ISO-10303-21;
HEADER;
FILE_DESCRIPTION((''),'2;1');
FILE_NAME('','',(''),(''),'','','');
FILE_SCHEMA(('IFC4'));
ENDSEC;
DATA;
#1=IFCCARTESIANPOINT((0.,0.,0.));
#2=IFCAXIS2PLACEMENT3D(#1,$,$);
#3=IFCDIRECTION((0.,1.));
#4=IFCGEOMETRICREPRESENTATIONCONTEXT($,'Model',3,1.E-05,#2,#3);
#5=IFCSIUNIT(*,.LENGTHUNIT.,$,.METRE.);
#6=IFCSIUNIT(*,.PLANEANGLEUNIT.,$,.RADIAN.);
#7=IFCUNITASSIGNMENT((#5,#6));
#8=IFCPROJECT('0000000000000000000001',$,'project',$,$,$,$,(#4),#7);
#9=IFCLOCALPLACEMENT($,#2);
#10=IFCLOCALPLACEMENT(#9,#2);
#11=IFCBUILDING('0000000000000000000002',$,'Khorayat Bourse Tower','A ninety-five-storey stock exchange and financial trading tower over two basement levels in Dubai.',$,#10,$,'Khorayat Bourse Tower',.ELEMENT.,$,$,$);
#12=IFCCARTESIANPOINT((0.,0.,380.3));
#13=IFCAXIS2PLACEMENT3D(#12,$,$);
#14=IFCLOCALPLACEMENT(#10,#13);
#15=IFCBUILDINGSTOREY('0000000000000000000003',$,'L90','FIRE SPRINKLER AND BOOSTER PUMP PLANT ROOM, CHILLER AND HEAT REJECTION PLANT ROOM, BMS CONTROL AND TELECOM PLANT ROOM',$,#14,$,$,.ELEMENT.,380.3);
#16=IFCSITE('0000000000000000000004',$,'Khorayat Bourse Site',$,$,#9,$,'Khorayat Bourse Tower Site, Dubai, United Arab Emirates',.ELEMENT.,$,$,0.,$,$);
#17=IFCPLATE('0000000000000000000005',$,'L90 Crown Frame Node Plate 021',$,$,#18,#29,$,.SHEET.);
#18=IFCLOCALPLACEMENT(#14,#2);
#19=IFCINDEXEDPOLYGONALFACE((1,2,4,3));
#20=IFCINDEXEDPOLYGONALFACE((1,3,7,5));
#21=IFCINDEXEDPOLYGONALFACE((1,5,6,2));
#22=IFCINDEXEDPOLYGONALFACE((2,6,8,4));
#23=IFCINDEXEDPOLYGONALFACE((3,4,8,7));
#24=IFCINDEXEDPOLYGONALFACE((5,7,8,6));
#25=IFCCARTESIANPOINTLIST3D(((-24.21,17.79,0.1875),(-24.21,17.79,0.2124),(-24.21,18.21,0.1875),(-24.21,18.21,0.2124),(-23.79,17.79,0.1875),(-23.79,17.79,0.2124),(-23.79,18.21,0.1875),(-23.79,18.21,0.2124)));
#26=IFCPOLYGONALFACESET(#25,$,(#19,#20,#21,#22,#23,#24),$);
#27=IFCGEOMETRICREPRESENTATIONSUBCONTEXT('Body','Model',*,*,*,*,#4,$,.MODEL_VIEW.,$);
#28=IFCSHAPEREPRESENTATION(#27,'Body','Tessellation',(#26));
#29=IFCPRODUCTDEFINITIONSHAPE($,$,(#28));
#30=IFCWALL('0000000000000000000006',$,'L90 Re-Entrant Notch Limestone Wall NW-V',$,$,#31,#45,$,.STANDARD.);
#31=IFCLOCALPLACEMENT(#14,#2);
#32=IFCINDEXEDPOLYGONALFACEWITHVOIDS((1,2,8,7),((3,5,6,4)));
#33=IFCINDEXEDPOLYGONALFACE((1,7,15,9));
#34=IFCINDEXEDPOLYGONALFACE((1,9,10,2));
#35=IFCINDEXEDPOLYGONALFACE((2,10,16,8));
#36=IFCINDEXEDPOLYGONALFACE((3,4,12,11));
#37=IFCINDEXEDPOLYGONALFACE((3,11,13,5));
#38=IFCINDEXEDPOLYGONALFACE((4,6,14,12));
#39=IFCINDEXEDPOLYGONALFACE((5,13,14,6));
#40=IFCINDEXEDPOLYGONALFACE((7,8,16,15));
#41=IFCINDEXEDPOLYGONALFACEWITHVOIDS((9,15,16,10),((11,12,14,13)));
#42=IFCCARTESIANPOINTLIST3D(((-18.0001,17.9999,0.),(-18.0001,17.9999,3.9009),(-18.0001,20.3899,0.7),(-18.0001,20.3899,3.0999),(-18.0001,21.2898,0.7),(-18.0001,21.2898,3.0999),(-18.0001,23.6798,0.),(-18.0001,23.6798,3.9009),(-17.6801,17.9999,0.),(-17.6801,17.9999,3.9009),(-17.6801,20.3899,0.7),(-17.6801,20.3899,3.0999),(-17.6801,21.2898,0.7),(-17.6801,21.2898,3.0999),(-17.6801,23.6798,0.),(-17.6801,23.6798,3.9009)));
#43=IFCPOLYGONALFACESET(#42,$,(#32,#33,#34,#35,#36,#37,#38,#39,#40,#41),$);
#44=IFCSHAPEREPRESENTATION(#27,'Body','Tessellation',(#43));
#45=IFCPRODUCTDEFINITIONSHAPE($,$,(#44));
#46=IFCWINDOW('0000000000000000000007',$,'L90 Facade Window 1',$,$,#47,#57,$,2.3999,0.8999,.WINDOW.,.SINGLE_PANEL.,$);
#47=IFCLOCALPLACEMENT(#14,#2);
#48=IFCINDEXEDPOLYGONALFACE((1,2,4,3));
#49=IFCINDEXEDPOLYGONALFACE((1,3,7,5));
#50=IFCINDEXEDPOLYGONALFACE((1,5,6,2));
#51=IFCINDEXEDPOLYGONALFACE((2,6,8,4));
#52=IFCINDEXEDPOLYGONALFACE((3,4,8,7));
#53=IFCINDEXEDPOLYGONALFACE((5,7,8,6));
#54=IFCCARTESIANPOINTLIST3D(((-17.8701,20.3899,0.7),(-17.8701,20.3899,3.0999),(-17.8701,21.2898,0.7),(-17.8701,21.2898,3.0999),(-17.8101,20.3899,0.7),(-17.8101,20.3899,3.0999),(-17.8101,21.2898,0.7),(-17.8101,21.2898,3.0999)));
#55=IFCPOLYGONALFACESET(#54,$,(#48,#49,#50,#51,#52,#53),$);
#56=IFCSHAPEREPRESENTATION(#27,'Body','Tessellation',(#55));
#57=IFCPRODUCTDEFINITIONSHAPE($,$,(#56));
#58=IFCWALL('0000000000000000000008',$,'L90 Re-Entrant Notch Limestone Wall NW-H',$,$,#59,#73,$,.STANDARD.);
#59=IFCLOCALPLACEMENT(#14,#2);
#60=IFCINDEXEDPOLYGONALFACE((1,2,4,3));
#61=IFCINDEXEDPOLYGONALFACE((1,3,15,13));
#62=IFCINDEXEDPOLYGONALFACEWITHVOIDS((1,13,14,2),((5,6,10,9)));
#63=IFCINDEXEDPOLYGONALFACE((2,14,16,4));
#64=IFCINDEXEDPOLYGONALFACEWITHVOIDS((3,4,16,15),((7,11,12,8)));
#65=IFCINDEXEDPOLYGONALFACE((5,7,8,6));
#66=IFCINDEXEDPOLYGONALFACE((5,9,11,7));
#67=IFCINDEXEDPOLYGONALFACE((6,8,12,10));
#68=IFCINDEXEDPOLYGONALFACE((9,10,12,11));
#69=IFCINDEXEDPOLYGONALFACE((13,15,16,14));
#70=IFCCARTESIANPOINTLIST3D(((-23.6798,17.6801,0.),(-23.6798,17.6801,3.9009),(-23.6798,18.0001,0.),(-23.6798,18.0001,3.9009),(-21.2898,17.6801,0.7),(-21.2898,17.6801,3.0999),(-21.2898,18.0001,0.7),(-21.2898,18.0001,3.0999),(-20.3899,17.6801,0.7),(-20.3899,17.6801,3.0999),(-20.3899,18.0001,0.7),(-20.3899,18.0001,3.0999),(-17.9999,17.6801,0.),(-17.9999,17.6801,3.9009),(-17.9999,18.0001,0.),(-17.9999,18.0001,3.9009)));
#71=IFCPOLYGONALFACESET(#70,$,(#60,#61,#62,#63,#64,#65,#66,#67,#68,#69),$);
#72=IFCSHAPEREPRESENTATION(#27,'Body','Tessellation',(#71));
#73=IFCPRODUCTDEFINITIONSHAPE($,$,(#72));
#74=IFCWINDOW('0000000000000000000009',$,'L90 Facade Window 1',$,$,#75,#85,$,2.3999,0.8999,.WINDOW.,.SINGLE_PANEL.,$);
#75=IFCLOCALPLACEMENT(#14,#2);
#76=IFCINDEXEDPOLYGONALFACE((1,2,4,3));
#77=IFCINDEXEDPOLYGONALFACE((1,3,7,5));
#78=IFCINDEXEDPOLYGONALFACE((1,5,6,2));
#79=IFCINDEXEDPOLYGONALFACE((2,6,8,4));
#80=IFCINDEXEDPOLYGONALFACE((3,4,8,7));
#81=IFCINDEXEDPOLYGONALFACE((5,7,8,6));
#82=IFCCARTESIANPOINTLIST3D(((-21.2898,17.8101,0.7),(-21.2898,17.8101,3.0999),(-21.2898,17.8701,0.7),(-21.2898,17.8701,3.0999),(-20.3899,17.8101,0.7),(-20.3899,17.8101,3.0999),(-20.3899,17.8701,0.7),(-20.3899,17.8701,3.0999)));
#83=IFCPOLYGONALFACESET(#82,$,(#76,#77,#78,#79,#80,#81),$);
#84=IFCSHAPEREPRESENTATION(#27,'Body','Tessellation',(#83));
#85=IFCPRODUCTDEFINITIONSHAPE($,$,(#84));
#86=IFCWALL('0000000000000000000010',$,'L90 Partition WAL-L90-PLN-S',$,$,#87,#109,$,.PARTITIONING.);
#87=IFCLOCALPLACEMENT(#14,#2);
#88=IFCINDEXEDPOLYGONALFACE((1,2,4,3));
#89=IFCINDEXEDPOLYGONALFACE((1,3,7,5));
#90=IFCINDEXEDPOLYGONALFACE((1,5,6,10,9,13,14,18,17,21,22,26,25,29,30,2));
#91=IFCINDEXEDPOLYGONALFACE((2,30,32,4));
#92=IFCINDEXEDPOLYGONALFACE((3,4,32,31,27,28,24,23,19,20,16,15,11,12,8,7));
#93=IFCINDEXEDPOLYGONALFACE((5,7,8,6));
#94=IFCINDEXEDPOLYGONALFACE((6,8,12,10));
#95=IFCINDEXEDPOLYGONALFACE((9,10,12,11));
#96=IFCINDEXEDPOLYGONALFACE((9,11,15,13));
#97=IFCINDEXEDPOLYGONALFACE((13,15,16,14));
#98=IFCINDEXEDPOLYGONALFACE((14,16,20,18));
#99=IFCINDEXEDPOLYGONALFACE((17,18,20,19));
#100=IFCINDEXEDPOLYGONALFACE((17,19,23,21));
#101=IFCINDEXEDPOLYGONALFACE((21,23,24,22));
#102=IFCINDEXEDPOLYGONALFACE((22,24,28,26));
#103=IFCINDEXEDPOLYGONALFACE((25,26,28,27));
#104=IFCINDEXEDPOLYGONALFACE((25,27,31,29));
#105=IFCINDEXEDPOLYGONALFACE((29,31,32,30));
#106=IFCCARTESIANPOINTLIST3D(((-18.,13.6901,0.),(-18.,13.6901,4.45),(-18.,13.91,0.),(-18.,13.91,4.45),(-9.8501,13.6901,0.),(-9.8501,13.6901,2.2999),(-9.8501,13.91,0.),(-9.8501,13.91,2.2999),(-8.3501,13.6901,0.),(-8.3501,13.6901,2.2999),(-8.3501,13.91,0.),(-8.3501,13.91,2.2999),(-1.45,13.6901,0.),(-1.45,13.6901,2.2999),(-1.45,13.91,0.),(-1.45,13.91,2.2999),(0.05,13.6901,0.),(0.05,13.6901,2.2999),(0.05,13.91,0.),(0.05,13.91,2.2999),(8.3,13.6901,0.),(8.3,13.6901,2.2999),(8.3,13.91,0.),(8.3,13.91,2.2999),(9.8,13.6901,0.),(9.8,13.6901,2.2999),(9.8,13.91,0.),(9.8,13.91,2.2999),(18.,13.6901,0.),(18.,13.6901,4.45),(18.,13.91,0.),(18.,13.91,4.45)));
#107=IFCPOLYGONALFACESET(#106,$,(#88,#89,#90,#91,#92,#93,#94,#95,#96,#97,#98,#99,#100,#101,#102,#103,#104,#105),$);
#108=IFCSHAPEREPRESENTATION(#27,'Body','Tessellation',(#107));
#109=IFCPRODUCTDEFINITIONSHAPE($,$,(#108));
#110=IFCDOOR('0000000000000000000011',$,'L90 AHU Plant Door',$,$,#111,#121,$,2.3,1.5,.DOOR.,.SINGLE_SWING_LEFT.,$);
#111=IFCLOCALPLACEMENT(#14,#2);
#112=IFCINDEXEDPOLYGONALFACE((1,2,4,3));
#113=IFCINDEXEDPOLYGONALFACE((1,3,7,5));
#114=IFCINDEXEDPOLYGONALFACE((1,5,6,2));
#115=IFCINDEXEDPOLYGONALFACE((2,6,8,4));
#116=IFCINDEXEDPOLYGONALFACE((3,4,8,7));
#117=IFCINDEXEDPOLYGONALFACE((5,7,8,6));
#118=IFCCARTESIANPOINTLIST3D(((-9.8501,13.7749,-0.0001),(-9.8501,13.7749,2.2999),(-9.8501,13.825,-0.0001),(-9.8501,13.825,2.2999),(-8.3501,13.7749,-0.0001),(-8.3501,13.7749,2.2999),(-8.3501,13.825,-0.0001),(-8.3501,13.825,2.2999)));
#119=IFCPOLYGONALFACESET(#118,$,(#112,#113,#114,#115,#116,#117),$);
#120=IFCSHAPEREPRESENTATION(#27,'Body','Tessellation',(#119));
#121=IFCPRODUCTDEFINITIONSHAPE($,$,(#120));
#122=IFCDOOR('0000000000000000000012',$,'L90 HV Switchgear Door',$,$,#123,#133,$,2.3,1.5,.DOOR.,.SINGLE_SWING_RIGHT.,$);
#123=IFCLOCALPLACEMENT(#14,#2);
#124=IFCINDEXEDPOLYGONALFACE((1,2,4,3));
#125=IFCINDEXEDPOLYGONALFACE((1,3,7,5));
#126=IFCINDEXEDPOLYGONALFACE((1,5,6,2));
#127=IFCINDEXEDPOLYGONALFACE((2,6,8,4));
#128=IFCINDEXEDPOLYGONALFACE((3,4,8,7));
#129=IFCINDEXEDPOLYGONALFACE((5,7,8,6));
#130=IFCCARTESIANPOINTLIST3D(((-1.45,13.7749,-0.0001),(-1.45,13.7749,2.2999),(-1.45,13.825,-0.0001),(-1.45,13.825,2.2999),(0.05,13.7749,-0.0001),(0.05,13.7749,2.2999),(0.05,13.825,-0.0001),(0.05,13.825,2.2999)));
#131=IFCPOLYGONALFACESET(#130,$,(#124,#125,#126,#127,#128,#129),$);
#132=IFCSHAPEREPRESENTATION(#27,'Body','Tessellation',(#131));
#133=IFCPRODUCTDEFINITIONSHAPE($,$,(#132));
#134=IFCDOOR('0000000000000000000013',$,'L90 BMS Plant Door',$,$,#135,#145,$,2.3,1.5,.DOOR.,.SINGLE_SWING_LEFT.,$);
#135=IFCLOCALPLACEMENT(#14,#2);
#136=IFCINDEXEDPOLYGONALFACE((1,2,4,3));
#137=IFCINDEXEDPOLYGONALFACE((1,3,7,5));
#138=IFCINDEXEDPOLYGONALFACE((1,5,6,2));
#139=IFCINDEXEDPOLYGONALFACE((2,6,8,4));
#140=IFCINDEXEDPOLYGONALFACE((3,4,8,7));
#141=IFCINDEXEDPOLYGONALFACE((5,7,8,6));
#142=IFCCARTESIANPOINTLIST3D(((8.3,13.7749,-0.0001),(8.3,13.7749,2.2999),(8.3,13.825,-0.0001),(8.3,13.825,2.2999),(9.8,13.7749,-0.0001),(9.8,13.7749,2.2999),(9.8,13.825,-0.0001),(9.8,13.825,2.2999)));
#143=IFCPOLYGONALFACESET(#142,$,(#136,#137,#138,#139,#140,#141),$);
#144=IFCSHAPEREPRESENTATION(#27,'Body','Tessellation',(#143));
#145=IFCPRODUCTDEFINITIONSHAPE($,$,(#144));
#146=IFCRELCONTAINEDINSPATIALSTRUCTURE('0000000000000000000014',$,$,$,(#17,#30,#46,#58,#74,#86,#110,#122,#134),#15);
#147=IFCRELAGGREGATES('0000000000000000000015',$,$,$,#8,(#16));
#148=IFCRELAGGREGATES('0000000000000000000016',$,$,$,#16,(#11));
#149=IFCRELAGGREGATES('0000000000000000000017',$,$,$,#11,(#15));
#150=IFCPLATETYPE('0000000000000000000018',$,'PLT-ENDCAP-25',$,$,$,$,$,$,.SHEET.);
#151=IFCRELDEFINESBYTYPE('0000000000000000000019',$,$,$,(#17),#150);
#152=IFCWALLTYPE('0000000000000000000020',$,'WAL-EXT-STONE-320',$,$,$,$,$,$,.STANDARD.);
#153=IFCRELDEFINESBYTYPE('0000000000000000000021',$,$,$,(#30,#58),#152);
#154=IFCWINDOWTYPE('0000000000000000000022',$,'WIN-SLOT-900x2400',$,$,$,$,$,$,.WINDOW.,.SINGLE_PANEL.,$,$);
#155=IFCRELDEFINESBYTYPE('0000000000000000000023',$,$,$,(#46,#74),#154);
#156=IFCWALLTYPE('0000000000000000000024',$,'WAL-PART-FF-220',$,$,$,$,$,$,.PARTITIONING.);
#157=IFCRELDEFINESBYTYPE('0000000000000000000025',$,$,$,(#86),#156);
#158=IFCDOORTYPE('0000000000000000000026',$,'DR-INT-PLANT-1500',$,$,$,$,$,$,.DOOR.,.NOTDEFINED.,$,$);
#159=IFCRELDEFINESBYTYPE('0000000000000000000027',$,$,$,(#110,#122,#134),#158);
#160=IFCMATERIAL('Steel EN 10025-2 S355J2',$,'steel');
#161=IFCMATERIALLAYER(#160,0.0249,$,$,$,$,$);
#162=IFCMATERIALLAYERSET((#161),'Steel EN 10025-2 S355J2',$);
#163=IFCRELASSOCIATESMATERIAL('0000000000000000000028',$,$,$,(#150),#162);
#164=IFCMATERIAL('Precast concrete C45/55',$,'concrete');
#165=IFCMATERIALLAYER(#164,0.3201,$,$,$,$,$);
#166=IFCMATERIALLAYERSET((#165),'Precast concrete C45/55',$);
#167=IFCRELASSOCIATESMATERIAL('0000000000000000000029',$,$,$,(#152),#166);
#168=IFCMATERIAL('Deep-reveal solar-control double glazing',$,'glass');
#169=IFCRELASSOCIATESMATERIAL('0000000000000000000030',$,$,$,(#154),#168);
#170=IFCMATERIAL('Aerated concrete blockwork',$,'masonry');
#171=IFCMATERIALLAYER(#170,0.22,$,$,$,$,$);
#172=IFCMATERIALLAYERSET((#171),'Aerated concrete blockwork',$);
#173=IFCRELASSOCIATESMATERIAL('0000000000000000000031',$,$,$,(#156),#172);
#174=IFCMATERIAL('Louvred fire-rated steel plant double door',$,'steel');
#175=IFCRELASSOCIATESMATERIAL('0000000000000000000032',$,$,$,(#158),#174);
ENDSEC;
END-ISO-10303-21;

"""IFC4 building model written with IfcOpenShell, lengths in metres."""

from ifc_helpers import new_model, si_unit, direction, frame, frame_2d, origin, origin_2d, place, context, subcontext, project, spatial, rectangle, extrude, source, transform, mapped, material, layer, layer_set, type_object, element, fill, save


model = new_model("IFC4")

# Units and contexts
model_context = context("Model", 3, precision=1e-05, world=origin(), true_north=direction((0.0, 1.0)))
body_context = subcontext(model_context, "Body", "Model", "MODEL_VIEW")
ifc_project = project(units=[si_unit("LENGTHUNIT", "METRE"), si_unit("PLANEANGLEUNIT", "RADIAN")], contexts=[model_context])

# Site, building, storey
site_placement = place(None, origin())
site = spatial("IfcSite", under=ifc_project, at=site_placement, Name="Khorayat Bourse Site", LongName="Khorayat Bourse Tower Site, Dubai, United Arab Emirates", CompositionType="ELEMENT", RefElevation=0.0)
building_placement = place(site_placement, origin())
building = spatial("IfcBuilding", under=site, at=building_placement, Name="Khorayat Bourse Tower", Description="A ninety-five-storey stock exchange and financial trading tower over two basement levels in Dubai.", LongName="Khorayat Bourse Tower", CompositionType="ELEMENT")
storey_placement = place(building_placement, frame((0.0, 0.0, 380.3)))
storey = spatial("IfcBuildingStorey", under=building, at=storey_placement, Name="L90", Description="FIRE SPRINKLER AND BOOSTER PUMP PLANT ROOM, CHILLER AND HEAT REJECTION PLANT ROOM, BMS CONTROL AND TELECOM PLANT ROOM", CompositionType="ELEMENT", Elevation=380.3)

# Shared definitions
ifc_material_1 = material(Name="Steel EN 10025-2 S355J2", Category="steel")

# Plate
ifc_layer_1 = layer(ifc_material_1, 0.0249)
ifc_layer_set_1 = layer_set([ifc_layer_1], Name="Steel EN 10025-2 S355J2")
plate_type = type_object("IfcPlateType", Name="PLT-ENDCAP-25", PredefinedType="SHEET", material=ifc_layer_set_1)
shared_shape_1 = source(origin(), body_context, "Body", "SweptSolid", [
    extrude(rectangle(XDim=0.4199, YDim=0.4199, at=origin_2d()), origin(), (0.0, 0.0, 1.0), 0.0249),
])
for number, where, z_axis, x_axis, name in (
    (1, (-24.0, 18.0, 0.1875), (0.0, 0.0, 1.0), (1.0, 0.0, 0.0), "L90 Crown Frame Node Plate 021"),
):
    element("IfcPlate", number, at=place(storey_placement, frame(where, z_axis=z_axis, x_axis=x_axis)), inside=storey, type_object=plate_type, Name=name, PredefinedType="SHEET", context=body_context, shape_type="MappedRepresentation", body=[
        mapped(shared_shape_1, transform((0.0, 0.0, 0.0), scale=1.0)),
    ])

# Walls, openings, windows
ifc_material_2 = material(Name="Precast concrete C45/55", Category="concrete")
ifc_layer_2 = layer(ifc_material_2, 0.3201)
ifc_layer_set_2 = layer_set([ifc_layer_2], Name="Precast concrete C45/55")
wall_type_1 = type_object("IfcWallType", Name="WAL-EXT-STONE-320", PredefinedType="STANDARD", material=ifc_layer_set_2)
shared_shape_2 = source(origin(), body_context, "Body", "SweptSolid", [
    extrude(rectangle(XDim=5.6799, YDim=0.3201, at=frame_2d((2.8398, 0.0))), origin(), (0.0, 0.0, 1.0), 3.9009),
])
wall_1_placement = place(storey_placement, frame((-17.8401, 18.0, 0.0), z_axis=(0.0, 0.0, 1.0), x_axis=(0.0, 1.0, 0.0)))
wall_1 = element("IfcWall", 2, at=wall_1_placement, inside=storey, type_object=wall_type_1, Name="L90 Re-Entrant Notch Limestone Wall NW-V", PredefinedType="STANDARD", context=body_context, shape_type="MappedRepresentation", body=[
    mapped(shared_shape_2, transform((0.0, 0.0, 0.0), scale=1.0)),
])
shared_shape_3 = source(origin(), body_context, "Body", "SweptSolid", [
    extrude(rectangle(XDim=0.8999, YDim=2.3999, at=frame_2d((0.45, 1.2))), frame((0.0, 0.1699, 0.0), z_axis=(0.0, -1.0, 0.0), x_axis=(1.0, 0.0, 0.0)), (0.0, 0.0, 1.0), 0.3401),
])
opening_1_placement = place(wall_1_placement, frame((2.3899, 0.0, 0.7)))
opening_1 = element("IfcOpeningElement", 3, at=opening_1_placement, cuts=wall_1, PredefinedType="OPENING", context=body_context, shape_type="MappedRepresentation", body=[
    mapped(shared_shape_3, transform((0.0, 0.0, 0.0), scale=1.0)),
])
ifc_material_3 = material(Name="Deep-reveal solar-control double glazing", Category="glass")
window_type = type_object("IfcWindowType", Name="WIN-SLOT-900x2400", PartitioningType="SINGLE_PANEL", PredefinedType="WINDOW", material=ifc_material_3)
shared_shape_4 = source(origin(), body_context, "Body", "SweptSolid", [
    extrude(rectangle(XDim=0.8999, YDim=2.3999, at=frame_2d((0.45, 1.2))), frame((0.0, 0.03, 0.0), z_axis=(0.0, -1.0, 0.0), x_axis=(1.0, 0.0, 0.0)), (0.0, 0.0, 1.0), 0.0601),
])
window_1_placement = place(opening_1_placement, origin())
window_1 = element("IfcWindow", 4, at=window_1_placement, inside=storey, type_object=window_type, Name="L90 Facade Window 1", OverallHeight=2.3999, OverallWidth=0.8999, PartitioningType="SINGLE_PANEL", PredefinedType="WINDOW", context=body_context, shape_type="MappedRepresentation", body=[
    mapped(shared_shape_4, transform((0.0, 0.0, 0.0), scale=1.0)),
])
fill(opening_1, window_1)
wall_2_placement = place(storey_placement, frame((-18.0, 17.8401, 0.0), z_axis=(0.0, 0.0, 1.0), x_axis=(-1.0, 0.0, 0.0)))
wall_2 = element("IfcWall", 5, at=wall_2_placement, inside=storey, type_object=wall_type_1, Name="L90 Re-Entrant Notch Limestone Wall NW-H", PredefinedType="STANDARD", context=body_context, shape_type="MappedRepresentation", body=[
    mapped(shared_shape_2, transform((0.0, 0.0, 0.0), scale=1.0)),
])
opening_2_placement = place(wall_2_placement, frame((2.3899, 0.0, 0.7)))
opening_2 = element("IfcOpeningElement", 6, at=opening_2_placement, cuts=wall_2, PredefinedType="OPENING", context=body_context, shape_type="MappedRepresentation", body=[
    mapped(shared_shape_3, transform((0.0, 0.0, 0.0), scale=1.0)),
])
window_2_placement = place(opening_2_placement, origin())
window_2 = element("IfcWindow", 7, at=window_2_placement, inside=storey, type_object=window_type, Name="L90 Facade Window 1", OverallHeight=2.3999, OverallWidth=0.8999, PartitioningType="SINGLE_PANEL", PredefinedType="WINDOW", context=body_context, shape_type="MappedRepresentation", body=[
    mapped(shared_shape_4, transform((0.0, 0.0, 0.0), scale=1.0)),
])
fill(opening_2, window_2)

# Wall, openings, doors
ifc_material_4 = material(Name="Aerated concrete blockwork", Category="masonry")
ifc_layer_3 = layer(ifc_material_4, 0.22)
ifc_layer_set_3 = layer_set([ifc_layer_3], Name="Aerated concrete blockwork")
wall_type_2 = type_object("IfcWallType", Name="WAL-PART-FF-220", PredefinedType="PARTITIONING", material=ifc_layer_set_3)
shared_shape_5 = source(origin(), body_context, "Body", "SweptSolid", [
    extrude(rectangle(XDim=36.0, YDim=0.22, at=frame_2d((18.0, 0.0))), origin(), (0.0, 0.0, 1.0), 4.45),
])
wall_3_placement = place(storey_placement, frame((-18.0, 13.8, 0.0), z_axis=(0.0, 0.0, 1.0), x_axis=(1.0, 0.0, 0.0)))
wall_3 = element("IfcWall", 8, at=wall_3_placement, inside=storey, type_object=wall_type_2, Name="L90 Partition WAL-L90-PLN-S", PredefinedType="PARTITIONING", context=body_context, shape_type="MappedRepresentation", body=[
    mapped(shared_shape_5, transform((0.0, 0.0, 0.0), scale=1.0)),
])
shared_shape_6 = source(origin(), body_context, "Body", "SweptSolid", [
    extrude(rectangle(XDim=1.5, YDim=2.3, at=frame_2d((0.75, 1.1499))), frame((0.0, 0.1199, 0.0), z_axis=(0.0, -1.0, 0.0), x_axis=(1.0, 0.0, 0.0)), (0.0, 0.0, 1.0), 0.24),
])
opening_3_placement = place(wall_3_placement, frame((8.1499, 0.0, 0.0)))
opening_3 = element("IfcOpeningElement", 9, at=opening_3_placement, cuts=wall_3, PredefinedType="OPENING", context=body_context, shape_type="MappedRepresentation", body=[
    mapped(shared_shape_6, transform((0.0, 0.0, 0.0), scale=1.0)),
])
opening_4_placement = place(wall_3_placement, frame((16.55, 0.0, 0.0)))
opening_4 = element("IfcOpeningElement", 10, at=opening_4_placement, cuts=wall_3, PredefinedType="OPENING", context=body_context, shape_type="MappedRepresentation", body=[
    mapped(shared_shape_6, transform((0.0, 0.0, 0.0), scale=1.0)),
])
opening_5_placement = place(wall_3_placement, frame((26.3, 0.0, 0.0)))
opening_5 = element("IfcOpeningElement", 11, at=opening_5_placement, cuts=wall_3, PredefinedType="OPENING", context=body_context, shape_type="MappedRepresentation", body=[
    mapped(shared_shape_6, transform((0.0, 0.0, 0.0), scale=1.0)),
])
ifc_material_5 = material(Name="Louvred fire-rated steel plant double door", Category="steel")
door_type = type_object("IfcDoorType", Name="DR-INT-PLANT-1500", OperationType="NOTDEFINED", PredefinedType="DOOR", material=ifc_material_5)
shared_shape_7 = source(origin(), body_context, "Body", "SweptSolid", [
    extrude(rectangle(XDim=1.5, YDim=2.3, at=frame_2d((0.75, 1.1499))), frame((0.0, 0.0249, 0.0), z_axis=(0.0, -1.0, 0.0), x_axis=(1.0, 0.0, 0.0)), (0.0, 0.0, 1.0), 0.05),
])
door_1_placement = place(opening_3_placement, origin())
door_1 = element("IfcDoor", 12, at=door_1_placement, inside=storey, type_object=door_type, Name="L90 AHU Plant Door", OperationType="SINGLE_SWING_LEFT", OverallHeight=2.3, OverallWidth=1.5, PredefinedType="DOOR", context=body_context, shape_type="MappedRepresentation", body=[
    mapped(shared_shape_7, transform((0.0, 0.0, 0.0), scale=1.0)),
])
fill(opening_3, door_1)
door_2_placement = place(opening_4_placement, origin())
door_2 = element("IfcDoor", 13, at=door_2_placement, inside=storey, type_object=door_type, Name="L90 HV Switchgear Door", OperationType="SINGLE_SWING_RIGHT", OverallHeight=2.3, OverallWidth=1.5, PredefinedType="DOOR", context=body_context, shape_type="MappedRepresentation", body=[
    mapped(shared_shape_7, transform((0.0, 0.0, 0.0), scale=1.0)),
])
fill(opening_4, door_2)
door_3_placement = place(opening_5_placement, origin())
door_3 = element("IfcDoor", 14, at=door_3_placement, inside=storey, type_object=door_type, Name="L90 BMS Plant Door", OperationType="SINGLE_SWING_LEFT", OverallHeight=2.3, OverallWidth=1.5, PredefinedType="DOOR", context=body_context, shape_type="MappedRepresentation", body=[
    mapped(shared_shape_7, transform((0.0, 0.0, 0.0), scale=1.0)),
])
fill(opening_5, door_3)

save(model, "model.ifc")
